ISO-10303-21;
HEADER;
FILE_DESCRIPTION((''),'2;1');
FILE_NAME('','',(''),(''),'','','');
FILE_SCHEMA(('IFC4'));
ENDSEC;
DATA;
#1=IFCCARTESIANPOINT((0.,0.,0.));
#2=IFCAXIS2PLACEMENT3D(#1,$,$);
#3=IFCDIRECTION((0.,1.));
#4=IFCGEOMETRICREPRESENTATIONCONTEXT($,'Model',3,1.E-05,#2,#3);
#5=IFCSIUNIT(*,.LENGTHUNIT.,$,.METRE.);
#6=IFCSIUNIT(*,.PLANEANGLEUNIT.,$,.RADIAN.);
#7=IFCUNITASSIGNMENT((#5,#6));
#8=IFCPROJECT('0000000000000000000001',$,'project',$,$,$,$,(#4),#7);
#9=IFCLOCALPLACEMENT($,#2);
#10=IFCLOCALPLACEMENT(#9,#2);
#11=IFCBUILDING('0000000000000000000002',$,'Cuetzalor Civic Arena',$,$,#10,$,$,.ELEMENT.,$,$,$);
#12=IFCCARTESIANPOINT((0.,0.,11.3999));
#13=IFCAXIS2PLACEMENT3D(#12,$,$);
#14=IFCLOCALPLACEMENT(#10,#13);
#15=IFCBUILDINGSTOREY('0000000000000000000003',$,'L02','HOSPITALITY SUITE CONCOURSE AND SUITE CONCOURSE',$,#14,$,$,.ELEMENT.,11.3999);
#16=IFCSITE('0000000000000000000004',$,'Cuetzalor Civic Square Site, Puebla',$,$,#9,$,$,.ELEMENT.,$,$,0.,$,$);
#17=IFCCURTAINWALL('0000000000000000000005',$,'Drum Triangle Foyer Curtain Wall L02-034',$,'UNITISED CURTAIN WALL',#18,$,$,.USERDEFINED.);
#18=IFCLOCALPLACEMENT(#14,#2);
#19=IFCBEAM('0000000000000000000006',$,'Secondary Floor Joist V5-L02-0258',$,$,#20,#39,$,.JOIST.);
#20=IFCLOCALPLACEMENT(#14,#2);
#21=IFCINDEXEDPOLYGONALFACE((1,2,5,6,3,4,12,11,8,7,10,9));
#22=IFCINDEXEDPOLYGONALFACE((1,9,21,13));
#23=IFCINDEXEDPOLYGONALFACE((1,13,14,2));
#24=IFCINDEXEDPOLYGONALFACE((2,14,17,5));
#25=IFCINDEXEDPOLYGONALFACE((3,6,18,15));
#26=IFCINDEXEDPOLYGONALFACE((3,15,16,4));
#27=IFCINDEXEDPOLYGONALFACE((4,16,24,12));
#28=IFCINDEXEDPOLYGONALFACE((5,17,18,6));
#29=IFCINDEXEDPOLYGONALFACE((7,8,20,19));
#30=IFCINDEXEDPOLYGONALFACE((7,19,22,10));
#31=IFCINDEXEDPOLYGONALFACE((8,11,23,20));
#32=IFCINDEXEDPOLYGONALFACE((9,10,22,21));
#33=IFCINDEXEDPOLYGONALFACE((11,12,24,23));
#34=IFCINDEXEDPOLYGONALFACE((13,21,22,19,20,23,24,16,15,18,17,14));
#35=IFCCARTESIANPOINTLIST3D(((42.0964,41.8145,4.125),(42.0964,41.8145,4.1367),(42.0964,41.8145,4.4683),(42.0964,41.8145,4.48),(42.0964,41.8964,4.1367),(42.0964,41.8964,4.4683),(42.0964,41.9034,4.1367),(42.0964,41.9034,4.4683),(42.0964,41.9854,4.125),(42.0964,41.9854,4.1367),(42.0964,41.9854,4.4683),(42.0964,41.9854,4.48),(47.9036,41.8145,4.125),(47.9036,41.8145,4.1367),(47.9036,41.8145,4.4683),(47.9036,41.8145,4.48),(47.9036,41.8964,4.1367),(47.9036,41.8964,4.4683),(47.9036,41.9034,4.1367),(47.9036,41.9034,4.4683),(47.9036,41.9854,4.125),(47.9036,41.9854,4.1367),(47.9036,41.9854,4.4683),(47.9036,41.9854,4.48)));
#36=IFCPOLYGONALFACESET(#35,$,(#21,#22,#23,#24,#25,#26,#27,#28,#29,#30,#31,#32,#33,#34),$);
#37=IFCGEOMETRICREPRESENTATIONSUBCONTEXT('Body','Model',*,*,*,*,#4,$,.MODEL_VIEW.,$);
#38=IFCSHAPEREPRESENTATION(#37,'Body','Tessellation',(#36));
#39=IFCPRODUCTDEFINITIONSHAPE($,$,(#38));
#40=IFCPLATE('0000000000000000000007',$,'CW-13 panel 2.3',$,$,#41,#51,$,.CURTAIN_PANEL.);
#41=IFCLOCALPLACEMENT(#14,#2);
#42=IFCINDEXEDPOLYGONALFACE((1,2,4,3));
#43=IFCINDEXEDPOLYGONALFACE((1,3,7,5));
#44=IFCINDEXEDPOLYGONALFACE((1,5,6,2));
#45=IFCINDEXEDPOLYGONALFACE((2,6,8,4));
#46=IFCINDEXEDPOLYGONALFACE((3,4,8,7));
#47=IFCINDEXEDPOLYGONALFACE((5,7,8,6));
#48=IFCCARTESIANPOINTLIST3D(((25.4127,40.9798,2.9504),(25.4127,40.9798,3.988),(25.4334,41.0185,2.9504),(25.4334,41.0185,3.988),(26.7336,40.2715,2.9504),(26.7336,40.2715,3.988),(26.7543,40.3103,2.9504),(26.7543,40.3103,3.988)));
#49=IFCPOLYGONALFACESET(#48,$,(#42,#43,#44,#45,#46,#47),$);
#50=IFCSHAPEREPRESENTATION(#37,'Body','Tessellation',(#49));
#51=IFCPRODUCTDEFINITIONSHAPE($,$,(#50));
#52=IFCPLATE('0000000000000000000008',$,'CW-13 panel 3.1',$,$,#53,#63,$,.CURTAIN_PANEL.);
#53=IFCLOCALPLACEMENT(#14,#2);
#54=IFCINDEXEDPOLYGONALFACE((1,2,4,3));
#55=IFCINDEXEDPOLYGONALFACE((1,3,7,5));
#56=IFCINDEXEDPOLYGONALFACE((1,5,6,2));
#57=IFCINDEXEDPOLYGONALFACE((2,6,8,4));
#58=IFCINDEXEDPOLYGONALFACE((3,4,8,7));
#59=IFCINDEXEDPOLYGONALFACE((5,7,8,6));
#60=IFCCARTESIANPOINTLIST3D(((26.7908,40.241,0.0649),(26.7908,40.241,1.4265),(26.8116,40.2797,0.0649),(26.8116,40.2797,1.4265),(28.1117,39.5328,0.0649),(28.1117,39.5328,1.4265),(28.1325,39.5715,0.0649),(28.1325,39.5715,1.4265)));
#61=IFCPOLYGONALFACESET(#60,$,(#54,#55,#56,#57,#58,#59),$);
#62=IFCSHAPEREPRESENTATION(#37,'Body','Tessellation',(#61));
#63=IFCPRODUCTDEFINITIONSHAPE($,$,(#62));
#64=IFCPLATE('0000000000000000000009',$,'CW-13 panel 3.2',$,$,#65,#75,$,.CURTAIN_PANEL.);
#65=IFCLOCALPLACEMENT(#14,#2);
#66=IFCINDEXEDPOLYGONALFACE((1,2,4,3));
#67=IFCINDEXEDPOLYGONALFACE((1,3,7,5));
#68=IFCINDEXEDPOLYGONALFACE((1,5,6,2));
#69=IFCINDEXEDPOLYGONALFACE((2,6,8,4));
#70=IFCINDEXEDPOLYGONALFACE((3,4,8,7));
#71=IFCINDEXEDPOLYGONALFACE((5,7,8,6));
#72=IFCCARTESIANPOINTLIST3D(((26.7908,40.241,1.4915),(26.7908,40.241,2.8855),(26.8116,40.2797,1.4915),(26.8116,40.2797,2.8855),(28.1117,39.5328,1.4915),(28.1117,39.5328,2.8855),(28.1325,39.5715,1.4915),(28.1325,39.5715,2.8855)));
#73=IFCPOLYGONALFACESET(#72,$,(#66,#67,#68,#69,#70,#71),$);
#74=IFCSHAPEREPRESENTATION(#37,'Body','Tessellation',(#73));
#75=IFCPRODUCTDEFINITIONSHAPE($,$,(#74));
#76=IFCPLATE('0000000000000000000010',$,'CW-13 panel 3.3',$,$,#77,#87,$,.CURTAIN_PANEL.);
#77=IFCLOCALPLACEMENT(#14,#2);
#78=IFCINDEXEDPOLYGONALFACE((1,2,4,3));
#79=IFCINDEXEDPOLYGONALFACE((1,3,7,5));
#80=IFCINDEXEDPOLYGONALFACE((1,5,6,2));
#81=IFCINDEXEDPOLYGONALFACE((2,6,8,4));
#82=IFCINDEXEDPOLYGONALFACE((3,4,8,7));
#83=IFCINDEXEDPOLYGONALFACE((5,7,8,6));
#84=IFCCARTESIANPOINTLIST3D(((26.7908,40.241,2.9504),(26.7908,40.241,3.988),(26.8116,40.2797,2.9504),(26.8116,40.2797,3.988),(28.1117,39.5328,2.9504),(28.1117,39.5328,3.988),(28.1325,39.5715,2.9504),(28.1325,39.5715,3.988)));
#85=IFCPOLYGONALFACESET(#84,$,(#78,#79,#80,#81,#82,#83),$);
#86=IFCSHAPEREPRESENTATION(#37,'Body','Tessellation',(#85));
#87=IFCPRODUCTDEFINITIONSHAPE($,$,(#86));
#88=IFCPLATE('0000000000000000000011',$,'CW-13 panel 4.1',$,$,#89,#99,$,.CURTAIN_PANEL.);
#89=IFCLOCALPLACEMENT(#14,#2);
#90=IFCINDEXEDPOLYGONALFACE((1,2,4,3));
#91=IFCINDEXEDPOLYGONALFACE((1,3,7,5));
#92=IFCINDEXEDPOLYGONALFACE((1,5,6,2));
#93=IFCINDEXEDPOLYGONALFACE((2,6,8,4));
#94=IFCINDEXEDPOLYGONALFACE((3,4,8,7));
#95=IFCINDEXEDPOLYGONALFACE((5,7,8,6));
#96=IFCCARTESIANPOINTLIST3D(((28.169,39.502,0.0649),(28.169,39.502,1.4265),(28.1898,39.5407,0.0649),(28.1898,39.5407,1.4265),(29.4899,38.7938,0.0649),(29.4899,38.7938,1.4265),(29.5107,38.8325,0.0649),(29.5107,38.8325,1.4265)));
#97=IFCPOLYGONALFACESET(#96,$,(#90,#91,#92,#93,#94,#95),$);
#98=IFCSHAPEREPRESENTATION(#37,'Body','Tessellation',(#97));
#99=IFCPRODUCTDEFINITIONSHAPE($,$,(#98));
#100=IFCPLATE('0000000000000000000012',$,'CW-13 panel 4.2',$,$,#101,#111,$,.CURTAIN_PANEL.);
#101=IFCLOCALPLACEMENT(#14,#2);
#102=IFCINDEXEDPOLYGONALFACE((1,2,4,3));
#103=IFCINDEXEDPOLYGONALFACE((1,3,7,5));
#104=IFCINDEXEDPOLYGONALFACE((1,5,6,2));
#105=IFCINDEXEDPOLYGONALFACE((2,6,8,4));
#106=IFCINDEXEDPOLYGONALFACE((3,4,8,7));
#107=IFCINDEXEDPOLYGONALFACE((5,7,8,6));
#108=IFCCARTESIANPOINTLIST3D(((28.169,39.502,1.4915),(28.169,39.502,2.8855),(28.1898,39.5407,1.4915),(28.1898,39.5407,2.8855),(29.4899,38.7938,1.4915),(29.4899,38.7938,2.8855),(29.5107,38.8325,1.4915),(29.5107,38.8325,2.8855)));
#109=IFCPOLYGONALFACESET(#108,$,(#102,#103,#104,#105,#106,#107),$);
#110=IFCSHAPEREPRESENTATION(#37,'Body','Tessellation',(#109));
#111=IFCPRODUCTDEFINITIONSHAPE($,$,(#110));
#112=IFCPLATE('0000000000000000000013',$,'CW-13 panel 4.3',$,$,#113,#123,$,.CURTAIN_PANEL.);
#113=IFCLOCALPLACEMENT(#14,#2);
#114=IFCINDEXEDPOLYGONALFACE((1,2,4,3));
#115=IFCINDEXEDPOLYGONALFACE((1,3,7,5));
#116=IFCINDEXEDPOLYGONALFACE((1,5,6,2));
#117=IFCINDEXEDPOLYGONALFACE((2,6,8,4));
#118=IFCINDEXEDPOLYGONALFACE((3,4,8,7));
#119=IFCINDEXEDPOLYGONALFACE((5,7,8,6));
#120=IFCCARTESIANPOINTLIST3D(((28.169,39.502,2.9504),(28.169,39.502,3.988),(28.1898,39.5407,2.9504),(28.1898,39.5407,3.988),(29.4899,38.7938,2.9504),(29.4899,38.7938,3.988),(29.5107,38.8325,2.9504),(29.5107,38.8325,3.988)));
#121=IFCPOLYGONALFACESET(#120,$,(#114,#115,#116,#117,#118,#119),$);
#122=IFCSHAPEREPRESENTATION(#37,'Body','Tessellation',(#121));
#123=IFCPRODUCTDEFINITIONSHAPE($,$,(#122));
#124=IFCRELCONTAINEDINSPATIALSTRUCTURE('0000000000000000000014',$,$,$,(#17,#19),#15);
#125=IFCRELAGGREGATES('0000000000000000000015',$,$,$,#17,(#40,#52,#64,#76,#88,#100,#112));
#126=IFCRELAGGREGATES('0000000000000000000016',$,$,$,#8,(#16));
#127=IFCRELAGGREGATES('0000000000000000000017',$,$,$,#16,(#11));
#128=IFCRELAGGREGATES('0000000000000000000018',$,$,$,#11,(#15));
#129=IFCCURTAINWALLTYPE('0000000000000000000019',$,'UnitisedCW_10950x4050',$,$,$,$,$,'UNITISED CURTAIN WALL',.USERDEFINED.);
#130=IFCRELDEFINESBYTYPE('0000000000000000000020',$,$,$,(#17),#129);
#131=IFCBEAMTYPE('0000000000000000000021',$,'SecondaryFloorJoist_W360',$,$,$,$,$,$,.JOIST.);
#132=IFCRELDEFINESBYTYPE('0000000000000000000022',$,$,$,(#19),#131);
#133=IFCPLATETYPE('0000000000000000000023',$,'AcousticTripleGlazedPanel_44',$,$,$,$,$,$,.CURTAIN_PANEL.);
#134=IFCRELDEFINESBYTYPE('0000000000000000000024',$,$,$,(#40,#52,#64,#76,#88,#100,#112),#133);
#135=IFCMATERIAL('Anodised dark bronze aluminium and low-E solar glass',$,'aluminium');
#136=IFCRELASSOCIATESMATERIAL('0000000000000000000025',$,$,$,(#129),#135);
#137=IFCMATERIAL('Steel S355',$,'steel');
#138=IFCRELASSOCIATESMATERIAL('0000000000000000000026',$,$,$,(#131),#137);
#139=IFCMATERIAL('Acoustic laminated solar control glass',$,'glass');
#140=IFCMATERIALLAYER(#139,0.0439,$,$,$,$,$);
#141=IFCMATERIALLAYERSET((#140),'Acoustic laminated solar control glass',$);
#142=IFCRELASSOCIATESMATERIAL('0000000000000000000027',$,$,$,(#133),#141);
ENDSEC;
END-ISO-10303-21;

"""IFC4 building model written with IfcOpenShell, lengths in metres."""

from ifc_helpers import new_model, si_unit, direction, frame, origin, origin_2d, place, context, subcontext, project, spatial, rectangle, i_section, extrude, material, layer, layer_set, material_profile, profile_set, type_object, element, aggregate, save


model = new_model("IFC4")

# Units and contexts
model_context = context("Model", 3, precision=1e-05, world=origin(), true_north=direction((0.0, 1.0)))
body_context = subcontext(model_context, "Body", "Model", "MODEL_VIEW")
ifc_project = project(units=[si_unit("LENGTHUNIT", "METRE"), si_unit("PLANEANGLEUNIT", "RADIAN")], contexts=[model_context])

# Site, building, storey
site_placement = place(None, origin())
site = spatial("IfcSite", under=ifc_project, at=site_placement, Name="Cuetzalor Civic Square Site, Puebla", CompositionType="ELEMENT", RefElevation=0.0)
building_placement = place(site_placement, origin())
building = spatial("IfcBuilding", under=site, at=building_placement, Name="Cuetzalor Civic Arena", CompositionType="ELEMENT")
storey_placement = place(building_placement, frame((0.0, 0.0, 11.3999)))
storey = spatial("IfcBuildingStorey", under=building, at=storey_placement, Name="L02", Description="HOSPITALITY SUITE CONCOURSE AND SUITE CONCOURSE", CompositionType="ELEMENT", Elevation=11.3999)

# Curtain wall
ifc_material_1 = material(Name="Anodised dark bronze aluminium and low-E solar glass", Category="aluminium")
curtain_wall_type = type_object("IfcCurtainWallType", Name="UnitisedCW_10950x4050", ElementType="UNITISED CURTAIN WALL", PredefinedType="USERDEFINED", material=ifc_material_1)
curtain_wall_placement = place(storey_placement, origin())
curtain_wall = element("IfcCurtainWall", 1, at=curtain_wall_placement, inside=storey, type_object=curtain_wall_type, Name="Drum Triangle Foyer Curtain Wall L02-034", ObjectType="UNITISED CURTAIN WALL", PredefinedType="USERDEFINED")

# Beam
ifc_material_2 = material(Name="Steel S355", Category="steel")
ifc_material_profile_1 = material_profile(ifc_material_2, i_section(OverallWidth=0.1709, OverallDepth=0.355, WebThickness=0.0071, FlangeThickness=0.0117, at=origin_2d()), Name="W360x51")
ifc_profile_set_1 = profile_set([ifc_material_profile_1], Name="Steel S355")
beam_type_1 = type_object("IfcBeamType", Name="SecondaryFloorJoist_W360", PredefinedType="JOIST", material=ifc_profile_set_1)
beam_placement = place(storey_placement, frame((42.0964, 41.8999, 4.3025), z_axis=(1.0, 0.0, 0.0), x_axis=(0.0, 1.0, 0.0)))
element("IfcBeam", 2, at=beam_placement, inside=storey, type_object=beam_type_1, Name="Secondary Floor Joist V5-L02-0258", PredefinedType="JOIST", context=body_context, shape_type="SweptSolid", body=[
    extrude(i_section(OverallWidth=0.1709, OverallDepth=0.355, WebThickness=0.0071, FlangeThickness=0.0117, at=origin_2d()), origin(), (0.0, 0.0, 1.0), 5.8071),
])

# Plates
ifc_material_3 = material(Name="Acoustic laminated solar control glass", Category="glass")
ifc_layer = layer(ifc_material_3, 0.0439)
ifc_layer_set = layer_set([ifc_layer], Name="Acoustic laminated solar control glass")
plate_type = type_object("IfcPlateType", Name="AcousticTripleGlazedPanel_44", PredefinedType="CURTAIN_PANEL", material=ifc_layer_set)
plate_1_placement = place(storey_placement, frame((26.0835, 40.645, 2.9504), z_axis=(0.0, 0.0, 1.0), x_axis=(0.881306, -0.472545, 0.0)))
plate_1 = element("IfcPlate", 3, at=plate_1_placement, type_object=plate_type, Name="CW-13 panel 2.3", PredefinedType="CURTAIN_PANEL", context=body_context, shape_type="SweptSolid", body=[
    extrude(rectangle(XDim=1.4988, YDim=0.0439, at=origin_2d()), origin(), (0.0, 0.0, 1.0), 1.0376),
])
plate_2_placement = place(storey_placement, frame((27.4617, 39.9062, 0.0649), z_axis=(0.0, 0.0, 1.0), x_axis=(0.881306, -0.472545, 0.0)))
plate_2 = element("IfcPlate", 4, at=plate_2_placement, type_object=plate_type, Name="CW-13 panel 3.1", PredefinedType="CURTAIN_PANEL", context=body_context, shape_type="SweptSolid", body=[
    extrude(rectangle(XDim=1.4988, YDim=0.0439, at=origin_2d()), origin(), (0.0, 0.0, 1.0), 1.3616),
])
plate_3_placement = place(storey_placement, frame((27.4617, 39.9062, 1.4915), z_axis=(0.0, 0.0, 1.0), x_axis=(0.881306, -0.472545, 0.0)))
plate_3 = element("IfcPlate", 5, at=plate_3_placement, type_object=plate_type, Name="CW-13 panel 3.2", PredefinedType="CURTAIN_PANEL", context=body_context, shape_type="SweptSolid", body=[
    extrude(rectangle(XDim=1.4988, YDim=0.0439, at=origin_2d()), origin(), (0.0, 0.0, 1.0), 1.394),
])
plate_4_placement = place(storey_placement, frame((27.4617, 39.9062, 2.9504), z_axis=(0.0, 0.0, 1.0), x_axis=(0.881306, -0.472545, 0.0)))
plate_4 = element("IfcPlate", 6, at=plate_4_placement, type_object=plate_type, Name="CW-13 panel 3.3", PredefinedType="CURTAIN_PANEL", context=body_context, shape_type="SweptSolid", body=[
    extrude(rectangle(XDim=1.4988, YDim=0.0439, at=origin_2d()), origin(), (0.0, 0.0, 1.0), 1.0376),
])
plate_5_placement = place(storey_placement, frame((28.8398, 39.1672, 0.0649), z_axis=(0.0, 0.0, 1.0), x_axis=(0.881306, -0.472545, 0.0)))
plate_5 = element("IfcPlate", 7, at=plate_5_placement, type_object=plate_type, Name="CW-13 panel 4.1", PredefinedType="CURTAIN_PANEL", context=body_context, shape_type="SweptSolid", body=[
    extrude(rectangle(XDim=1.4988, YDim=0.0439, at=origin_2d()), origin(), (0.0, 0.0, 1.0), 1.3616),
])
plate_6_placement = place(storey_placement, frame((28.8398, 39.1672, 1.4915), z_axis=(0.0, 0.0, 1.0), x_axis=(0.881306, -0.472545, 0.0)))
plate_6 = element("IfcPlate", 8, at=plate_6_placement, type_object=plate_type, Name="CW-13 panel 4.2", PredefinedType="CURTAIN_PANEL", context=body_context, shape_type="SweptSolid", body=[
    extrude(rectangle(XDim=1.4988, YDim=0.0439, at=origin_2d()), origin(), (0.0, 0.0, 1.0), 1.394),
])
plate_7_placement = place(storey_placement, frame((28.8398, 39.1672, 2.9504), z_axis=(0.0, 0.0, 1.0), x_axis=(0.881306, -0.472545, 0.0)))
plate_7 = element("IfcPlate", 9, at=plate_7_placement, type_object=plate_type, Name="CW-13 panel 4.3", PredefinedType="CURTAIN_PANEL", context=body_context, shape_type="SweptSolid", body=[
    extrude(rectangle(XDim=1.4988, YDim=0.0439, at=origin_2d()), origin(), (0.0, 0.0, 1.0), 1.0376),
])
aggregate(curtain_wall, [plate_1, plate_2, plate_3, plate_4, plate_5, plate_6, plate_7])

save(model, "model.ifc")
